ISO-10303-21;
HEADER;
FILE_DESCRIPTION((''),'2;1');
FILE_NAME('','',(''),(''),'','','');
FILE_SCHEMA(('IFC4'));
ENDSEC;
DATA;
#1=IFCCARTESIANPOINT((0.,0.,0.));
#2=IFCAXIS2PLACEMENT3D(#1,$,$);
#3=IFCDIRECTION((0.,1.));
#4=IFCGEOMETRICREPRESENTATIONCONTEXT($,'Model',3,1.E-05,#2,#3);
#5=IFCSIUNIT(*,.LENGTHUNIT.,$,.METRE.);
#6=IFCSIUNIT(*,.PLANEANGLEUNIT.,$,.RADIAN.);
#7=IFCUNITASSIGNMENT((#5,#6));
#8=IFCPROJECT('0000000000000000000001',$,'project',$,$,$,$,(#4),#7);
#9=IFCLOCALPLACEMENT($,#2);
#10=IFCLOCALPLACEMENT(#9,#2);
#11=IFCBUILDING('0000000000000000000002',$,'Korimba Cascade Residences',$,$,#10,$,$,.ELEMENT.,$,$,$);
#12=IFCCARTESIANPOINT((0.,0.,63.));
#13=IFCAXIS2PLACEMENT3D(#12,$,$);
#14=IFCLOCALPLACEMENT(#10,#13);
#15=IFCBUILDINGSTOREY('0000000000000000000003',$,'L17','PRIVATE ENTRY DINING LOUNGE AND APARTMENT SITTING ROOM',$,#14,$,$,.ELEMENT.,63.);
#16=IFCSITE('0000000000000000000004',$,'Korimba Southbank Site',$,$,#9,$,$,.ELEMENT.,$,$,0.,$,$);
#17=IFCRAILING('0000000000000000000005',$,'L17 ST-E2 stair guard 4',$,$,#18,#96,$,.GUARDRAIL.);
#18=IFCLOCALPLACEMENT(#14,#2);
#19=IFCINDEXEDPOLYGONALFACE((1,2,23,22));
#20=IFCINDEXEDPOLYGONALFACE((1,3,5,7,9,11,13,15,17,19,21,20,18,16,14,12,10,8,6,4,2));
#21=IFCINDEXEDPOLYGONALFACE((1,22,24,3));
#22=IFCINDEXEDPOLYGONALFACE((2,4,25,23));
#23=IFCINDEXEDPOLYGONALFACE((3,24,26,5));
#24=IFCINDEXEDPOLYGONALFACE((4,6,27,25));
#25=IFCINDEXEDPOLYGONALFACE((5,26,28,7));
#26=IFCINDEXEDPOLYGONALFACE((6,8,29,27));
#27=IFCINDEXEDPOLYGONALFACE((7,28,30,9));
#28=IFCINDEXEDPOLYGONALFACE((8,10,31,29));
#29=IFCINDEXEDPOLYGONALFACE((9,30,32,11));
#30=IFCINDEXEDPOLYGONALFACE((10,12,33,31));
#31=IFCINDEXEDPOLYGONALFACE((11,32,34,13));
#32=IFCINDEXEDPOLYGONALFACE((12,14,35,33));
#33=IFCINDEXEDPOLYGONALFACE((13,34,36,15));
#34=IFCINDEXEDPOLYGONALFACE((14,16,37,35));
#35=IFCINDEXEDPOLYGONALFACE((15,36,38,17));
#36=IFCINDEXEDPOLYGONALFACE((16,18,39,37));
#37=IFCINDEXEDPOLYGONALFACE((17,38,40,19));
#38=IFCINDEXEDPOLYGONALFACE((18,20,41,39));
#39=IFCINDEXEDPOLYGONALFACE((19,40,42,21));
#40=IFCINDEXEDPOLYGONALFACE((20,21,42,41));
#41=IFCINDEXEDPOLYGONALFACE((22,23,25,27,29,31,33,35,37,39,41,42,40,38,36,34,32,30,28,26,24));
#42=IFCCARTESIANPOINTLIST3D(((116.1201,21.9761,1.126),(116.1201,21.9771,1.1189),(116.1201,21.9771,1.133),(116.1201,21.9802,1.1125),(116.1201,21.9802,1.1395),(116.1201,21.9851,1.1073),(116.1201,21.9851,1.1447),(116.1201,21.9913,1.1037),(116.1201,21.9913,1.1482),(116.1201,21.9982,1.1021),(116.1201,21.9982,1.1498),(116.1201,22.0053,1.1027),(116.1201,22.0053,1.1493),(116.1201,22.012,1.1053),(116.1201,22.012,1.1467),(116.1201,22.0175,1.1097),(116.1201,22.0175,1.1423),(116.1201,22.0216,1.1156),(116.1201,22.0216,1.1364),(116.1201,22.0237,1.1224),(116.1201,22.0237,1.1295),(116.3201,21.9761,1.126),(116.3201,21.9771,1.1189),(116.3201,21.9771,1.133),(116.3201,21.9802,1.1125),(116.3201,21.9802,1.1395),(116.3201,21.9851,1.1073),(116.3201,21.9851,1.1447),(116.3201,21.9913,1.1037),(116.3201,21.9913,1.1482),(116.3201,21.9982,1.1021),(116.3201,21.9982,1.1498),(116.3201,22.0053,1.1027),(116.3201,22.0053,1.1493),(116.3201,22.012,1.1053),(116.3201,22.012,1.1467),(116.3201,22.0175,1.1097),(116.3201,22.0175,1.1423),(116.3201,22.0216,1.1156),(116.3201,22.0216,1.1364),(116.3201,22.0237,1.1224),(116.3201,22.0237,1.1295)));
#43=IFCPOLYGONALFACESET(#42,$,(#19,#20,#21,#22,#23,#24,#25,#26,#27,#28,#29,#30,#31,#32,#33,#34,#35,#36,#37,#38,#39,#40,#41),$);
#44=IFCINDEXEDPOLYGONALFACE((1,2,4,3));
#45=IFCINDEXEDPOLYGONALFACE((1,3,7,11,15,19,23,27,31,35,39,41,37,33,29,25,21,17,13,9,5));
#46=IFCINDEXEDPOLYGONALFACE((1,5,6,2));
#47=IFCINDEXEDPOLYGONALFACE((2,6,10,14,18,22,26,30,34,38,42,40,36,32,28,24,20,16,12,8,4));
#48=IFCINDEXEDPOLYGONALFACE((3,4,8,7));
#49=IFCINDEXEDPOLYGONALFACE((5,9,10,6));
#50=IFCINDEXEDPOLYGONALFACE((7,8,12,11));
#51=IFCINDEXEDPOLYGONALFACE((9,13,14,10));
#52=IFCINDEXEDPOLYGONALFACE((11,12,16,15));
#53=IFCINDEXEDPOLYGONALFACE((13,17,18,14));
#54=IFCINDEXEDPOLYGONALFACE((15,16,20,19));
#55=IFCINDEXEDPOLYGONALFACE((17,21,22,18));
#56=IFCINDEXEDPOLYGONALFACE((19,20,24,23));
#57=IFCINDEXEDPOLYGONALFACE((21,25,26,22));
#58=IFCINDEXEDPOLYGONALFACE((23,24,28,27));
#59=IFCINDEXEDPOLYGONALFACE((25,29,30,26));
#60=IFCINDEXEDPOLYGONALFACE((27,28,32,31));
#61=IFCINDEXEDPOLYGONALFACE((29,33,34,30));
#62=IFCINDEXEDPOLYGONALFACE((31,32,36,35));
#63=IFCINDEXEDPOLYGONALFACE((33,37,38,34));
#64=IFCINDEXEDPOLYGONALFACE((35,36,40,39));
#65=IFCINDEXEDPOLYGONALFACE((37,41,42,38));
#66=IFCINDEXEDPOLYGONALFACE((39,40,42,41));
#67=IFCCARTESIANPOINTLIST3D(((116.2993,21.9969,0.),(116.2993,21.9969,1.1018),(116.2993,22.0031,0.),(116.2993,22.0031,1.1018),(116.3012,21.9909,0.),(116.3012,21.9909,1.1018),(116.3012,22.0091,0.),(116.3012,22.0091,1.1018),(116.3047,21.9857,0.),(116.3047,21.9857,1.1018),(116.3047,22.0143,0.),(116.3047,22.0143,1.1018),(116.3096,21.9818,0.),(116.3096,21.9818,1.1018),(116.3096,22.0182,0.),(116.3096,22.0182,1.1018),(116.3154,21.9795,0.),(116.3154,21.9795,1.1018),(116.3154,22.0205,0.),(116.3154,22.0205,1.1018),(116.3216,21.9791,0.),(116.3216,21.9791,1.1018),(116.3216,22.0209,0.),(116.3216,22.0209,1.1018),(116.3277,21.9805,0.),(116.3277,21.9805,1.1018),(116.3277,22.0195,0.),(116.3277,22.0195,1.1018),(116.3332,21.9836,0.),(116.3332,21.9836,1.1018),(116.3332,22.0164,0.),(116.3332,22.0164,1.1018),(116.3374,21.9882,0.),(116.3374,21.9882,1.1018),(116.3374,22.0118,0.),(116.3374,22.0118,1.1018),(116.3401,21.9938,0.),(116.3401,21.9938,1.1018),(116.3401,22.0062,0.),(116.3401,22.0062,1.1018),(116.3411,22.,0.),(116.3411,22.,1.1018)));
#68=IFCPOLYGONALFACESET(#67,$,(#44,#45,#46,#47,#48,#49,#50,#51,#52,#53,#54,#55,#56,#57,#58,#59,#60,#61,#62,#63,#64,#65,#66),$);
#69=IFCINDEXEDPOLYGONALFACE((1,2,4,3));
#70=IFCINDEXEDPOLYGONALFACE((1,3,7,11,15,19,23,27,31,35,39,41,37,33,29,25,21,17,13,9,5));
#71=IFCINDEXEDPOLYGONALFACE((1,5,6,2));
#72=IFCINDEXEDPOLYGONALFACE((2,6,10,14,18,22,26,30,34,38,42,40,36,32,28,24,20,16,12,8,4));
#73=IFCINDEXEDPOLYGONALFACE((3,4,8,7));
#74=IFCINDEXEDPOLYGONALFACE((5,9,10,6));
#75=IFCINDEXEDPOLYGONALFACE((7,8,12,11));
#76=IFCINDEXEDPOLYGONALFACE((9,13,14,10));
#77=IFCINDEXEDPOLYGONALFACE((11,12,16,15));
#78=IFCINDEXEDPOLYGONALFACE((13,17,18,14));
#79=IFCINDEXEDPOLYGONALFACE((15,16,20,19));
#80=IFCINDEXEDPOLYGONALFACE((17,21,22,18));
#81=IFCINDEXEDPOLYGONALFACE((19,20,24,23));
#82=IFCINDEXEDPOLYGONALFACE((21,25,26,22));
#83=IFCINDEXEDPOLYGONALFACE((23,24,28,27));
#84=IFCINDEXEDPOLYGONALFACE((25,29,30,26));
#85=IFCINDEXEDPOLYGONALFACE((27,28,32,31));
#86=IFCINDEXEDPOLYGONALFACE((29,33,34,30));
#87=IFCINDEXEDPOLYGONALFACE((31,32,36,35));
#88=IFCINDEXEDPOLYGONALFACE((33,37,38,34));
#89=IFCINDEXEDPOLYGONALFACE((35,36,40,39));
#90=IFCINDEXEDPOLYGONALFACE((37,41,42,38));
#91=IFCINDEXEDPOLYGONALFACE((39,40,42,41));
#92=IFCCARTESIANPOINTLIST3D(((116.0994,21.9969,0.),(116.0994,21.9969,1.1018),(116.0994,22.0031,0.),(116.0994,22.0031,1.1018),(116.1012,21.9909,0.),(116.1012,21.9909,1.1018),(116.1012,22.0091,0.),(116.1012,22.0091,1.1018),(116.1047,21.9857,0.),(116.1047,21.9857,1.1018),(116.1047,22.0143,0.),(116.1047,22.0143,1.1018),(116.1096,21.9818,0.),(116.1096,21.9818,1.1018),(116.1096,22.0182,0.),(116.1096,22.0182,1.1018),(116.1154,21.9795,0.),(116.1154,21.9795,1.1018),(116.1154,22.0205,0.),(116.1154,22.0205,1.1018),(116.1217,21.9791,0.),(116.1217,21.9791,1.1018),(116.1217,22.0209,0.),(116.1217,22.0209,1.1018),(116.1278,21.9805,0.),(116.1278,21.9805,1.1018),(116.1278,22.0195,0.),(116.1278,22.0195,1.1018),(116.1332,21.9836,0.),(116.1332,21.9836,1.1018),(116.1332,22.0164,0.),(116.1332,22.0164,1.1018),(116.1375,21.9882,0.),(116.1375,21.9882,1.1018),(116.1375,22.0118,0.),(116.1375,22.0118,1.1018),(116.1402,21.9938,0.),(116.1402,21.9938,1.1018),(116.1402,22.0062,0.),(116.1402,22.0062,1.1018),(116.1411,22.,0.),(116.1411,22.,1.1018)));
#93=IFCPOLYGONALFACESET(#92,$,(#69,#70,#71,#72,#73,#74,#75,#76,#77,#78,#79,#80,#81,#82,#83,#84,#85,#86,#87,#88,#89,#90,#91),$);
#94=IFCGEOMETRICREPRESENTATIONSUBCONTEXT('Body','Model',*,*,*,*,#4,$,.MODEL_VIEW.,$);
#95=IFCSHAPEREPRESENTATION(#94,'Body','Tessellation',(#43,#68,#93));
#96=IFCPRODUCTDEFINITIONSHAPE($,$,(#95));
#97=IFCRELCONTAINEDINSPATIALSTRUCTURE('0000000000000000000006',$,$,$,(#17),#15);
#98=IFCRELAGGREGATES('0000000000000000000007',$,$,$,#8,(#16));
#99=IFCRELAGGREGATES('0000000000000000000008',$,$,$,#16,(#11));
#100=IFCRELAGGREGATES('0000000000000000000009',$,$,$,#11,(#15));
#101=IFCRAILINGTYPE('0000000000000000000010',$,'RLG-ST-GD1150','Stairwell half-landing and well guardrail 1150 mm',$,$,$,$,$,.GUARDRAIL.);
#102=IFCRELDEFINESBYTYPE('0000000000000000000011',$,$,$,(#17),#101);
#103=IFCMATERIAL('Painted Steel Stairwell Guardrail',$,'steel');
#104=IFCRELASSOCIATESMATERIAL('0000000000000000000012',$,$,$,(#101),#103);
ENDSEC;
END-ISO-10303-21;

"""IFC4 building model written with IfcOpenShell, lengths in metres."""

from ifc_helpers import new_model, si_unit, direction, frame, origin, origin_2d, place, context, subcontext, project, spatial, circle, extrude, material, type_object, element, save


model = new_model("IFC4")

# Units and contexts
model_context = context("Model", 3, precision=1e-05, world=origin(), true_north=direction((0.0, 1.0)))
body_context = subcontext(model_context, "Body", "Model", "MODEL_VIEW")
ifc_project = project(units=[si_unit("LENGTHUNIT", "METRE"), si_unit("PLANEANGLEUNIT", "RADIAN")], contexts=[model_context])

# Site, building, storey
site_placement = place(None, origin())
site = spatial("IfcSite", under=ifc_project, at=site_placement, Name="Korimba Southbank Site", CompositionType="ELEMENT", RefElevation=0.0)
building_placement = place(site_placement, origin())
building = spatial("IfcBuilding", under=site, at=building_placement, Name="Korimba Cascade Residences", CompositionType="ELEMENT")
storey_placement = place(building_placement, frame((0.0, 0.0, 63.0)))
storey = spatial("IfcBuildingStorey", under=building, at=storey_placement, Name="L17", Description="PRIVATE ENTRY DINING LOUNGE AND APARTMENT SITTING ROOM", CompositionType="ELEMENT", Elevation=63.0)

# Railing
ifc_material_1 = material(Name="Painted Steel Stairwell Guardrail", Category="steel")
railing_type_1 = type_object("IfcRailingType", Name="RLG-ST-GD1150", Description="Stairwell half-landing and well guardrail 1150 mm", PredefinedType="GUARDRAIL", material=ifc_material_1)
railing_1_placement = place(storey_placement, frame((116.3201, 22.0, 0.0)))
element("IfcRailing", 1, at=railing_1_placement, inside=storey, type_object=railing_type_1, Name="L17 ST-E2 stair guard 4", PredefinedType="GUARDRAIL", context=body_context, shape_type="SweptSolid", body=[
    extrude(circle(Radius=0.0239, at=origin_2d()), frame((0.0, 0.0, 1.126), z_axis=(-1.0, 0.0, 0.0), x_axis=(0.0, -1.0, 0.0)), (0.0, 0.0, 1.0), 0.2),
    extrude(circle(Radius=0.021, at=origin_2d()), origin(), (0.0, 0.0, 1.0), 1.1018),
    extrude(circle(Radius=0.021, at=origin_2d()), frame((-0.2, 0.0, 0.0)), (0.0, 0.0, 1.0), 1.1018),
])

save(model, "model.ifc")
